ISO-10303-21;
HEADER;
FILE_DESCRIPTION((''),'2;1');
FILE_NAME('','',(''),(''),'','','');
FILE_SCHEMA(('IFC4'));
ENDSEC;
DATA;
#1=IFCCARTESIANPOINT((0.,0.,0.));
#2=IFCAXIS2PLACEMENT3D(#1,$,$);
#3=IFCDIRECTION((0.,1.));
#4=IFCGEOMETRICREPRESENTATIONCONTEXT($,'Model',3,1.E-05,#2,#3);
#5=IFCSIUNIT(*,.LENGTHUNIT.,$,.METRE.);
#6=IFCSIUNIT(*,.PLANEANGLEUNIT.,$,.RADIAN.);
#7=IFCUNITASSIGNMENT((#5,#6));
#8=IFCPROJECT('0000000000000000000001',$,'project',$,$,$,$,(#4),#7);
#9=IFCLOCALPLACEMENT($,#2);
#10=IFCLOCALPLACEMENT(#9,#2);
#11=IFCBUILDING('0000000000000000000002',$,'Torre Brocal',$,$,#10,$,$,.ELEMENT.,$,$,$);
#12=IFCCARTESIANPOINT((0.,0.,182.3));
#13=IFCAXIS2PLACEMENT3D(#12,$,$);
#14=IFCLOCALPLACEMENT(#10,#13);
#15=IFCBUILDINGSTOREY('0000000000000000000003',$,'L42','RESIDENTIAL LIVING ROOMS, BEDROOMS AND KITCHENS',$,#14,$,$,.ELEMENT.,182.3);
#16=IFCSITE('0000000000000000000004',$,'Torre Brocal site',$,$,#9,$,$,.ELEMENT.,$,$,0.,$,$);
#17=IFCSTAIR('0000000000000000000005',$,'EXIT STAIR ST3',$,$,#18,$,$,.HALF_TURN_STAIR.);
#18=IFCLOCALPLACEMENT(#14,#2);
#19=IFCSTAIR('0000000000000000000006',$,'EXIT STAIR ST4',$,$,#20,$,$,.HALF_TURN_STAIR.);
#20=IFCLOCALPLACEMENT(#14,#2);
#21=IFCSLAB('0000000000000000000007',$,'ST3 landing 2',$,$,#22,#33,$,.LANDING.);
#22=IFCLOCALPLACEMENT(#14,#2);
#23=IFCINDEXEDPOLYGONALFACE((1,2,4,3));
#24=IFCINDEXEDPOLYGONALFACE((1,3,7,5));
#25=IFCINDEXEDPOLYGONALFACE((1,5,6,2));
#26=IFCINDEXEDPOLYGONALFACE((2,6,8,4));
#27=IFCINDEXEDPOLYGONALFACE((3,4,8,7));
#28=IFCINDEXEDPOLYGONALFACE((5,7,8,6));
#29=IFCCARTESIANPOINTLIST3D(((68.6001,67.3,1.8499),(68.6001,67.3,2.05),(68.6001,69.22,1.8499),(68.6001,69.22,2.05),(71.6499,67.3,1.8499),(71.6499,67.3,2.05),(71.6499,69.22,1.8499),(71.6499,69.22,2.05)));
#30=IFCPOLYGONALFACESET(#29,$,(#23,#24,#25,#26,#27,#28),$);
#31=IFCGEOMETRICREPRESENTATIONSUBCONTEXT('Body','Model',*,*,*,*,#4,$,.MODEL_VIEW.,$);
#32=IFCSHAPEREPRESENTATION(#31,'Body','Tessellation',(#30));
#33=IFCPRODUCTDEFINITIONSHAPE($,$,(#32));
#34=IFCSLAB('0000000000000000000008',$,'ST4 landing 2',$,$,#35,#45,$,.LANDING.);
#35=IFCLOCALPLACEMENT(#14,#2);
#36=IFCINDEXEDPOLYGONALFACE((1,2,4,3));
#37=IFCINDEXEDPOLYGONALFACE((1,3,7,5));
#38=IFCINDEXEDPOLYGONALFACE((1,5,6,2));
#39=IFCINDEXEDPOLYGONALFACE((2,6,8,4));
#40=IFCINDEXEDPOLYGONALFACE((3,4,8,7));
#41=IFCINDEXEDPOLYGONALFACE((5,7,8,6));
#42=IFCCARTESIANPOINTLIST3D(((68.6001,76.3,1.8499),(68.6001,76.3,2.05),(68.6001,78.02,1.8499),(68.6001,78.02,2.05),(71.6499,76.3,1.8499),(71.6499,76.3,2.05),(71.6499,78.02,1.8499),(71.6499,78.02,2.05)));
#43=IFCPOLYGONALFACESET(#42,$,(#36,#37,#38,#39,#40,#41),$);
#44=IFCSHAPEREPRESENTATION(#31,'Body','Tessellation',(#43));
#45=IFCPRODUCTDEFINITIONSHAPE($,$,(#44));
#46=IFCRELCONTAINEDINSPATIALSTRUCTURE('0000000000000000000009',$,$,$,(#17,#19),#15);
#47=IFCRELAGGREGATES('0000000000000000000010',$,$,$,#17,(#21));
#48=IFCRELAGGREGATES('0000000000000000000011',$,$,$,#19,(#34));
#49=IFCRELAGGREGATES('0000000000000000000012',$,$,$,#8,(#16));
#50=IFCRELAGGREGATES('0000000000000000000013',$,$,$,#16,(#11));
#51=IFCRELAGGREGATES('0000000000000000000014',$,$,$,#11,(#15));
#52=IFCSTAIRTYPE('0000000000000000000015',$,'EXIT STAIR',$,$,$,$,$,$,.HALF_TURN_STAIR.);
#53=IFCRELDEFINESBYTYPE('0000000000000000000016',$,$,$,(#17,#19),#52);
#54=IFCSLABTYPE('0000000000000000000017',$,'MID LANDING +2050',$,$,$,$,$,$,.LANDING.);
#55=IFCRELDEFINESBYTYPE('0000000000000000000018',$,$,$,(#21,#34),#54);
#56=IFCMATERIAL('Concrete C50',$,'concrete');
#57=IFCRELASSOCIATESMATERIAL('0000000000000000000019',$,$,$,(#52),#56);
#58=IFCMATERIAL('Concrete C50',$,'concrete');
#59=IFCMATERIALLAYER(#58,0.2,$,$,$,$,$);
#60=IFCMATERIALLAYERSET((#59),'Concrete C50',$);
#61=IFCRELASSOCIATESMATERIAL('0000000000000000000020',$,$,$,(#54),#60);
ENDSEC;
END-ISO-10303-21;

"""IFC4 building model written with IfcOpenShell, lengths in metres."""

from ifc_helpers import new_model, si_unit, direction, frame, origin, place, context, subcontext, project, spatial, polyline, outline, extrude, material, layer, layer_set, type_object, element, aggregate, save


model = new_model("IFC4")

# Units and contexts
model_context = context("Model", 3, precision=1e-05, world=origin(), true_north=direction((0.0, 1.0)))
body_context = subcontext(model_context, "Body", "Model", "MODEL_VIEW")
ifc_project = project(units=[si_unit("LENGTHUNIT", "METRE"), si_unit("PLANEANGLEUNIT", "RADIAN")], contexts=[model_context])

# Site, building, storey
site_placement = place(None, origin())
site = spatial("IfcSite", under=ifc_project, at=site_placement, Name="Torre Brocal site", CompositionType="ELEMENT", RefElevation=0.0)
building_placement = place(site_placement, origin())
building = spatial("IfcBuilding", under=site, at=building_placement, Name="Torre Brocal", CompositionType="ELEMENT")
storey_placement = place(building_placement, frame((0.0, 0.0, 182.3)))
storey = spatial("IfcBuildingStorey", under=building, at=storey_placement, Name="L42", Description="RESIDENTIAL LIVING ROOMS, BEDROOMS AND KITCHENS", CompositionType="ELEMENT", Elevation=182.3)

# Stairs
ifc_material_1 = material(Name="Concrete C50", Category="concrete")
stair_type = type_object("IfcStairType", Name="EXIT STAIR", PredefinedType="HALF_TURN_STAIR", material=ifc_material_1)
stair_1_placement = place(storey_placement, origin())
stair_1 = element("IfcStair", 1, at=stair_1_placement, inside=storey, type_object=stair_type, Name="EXIT STAIR ST3", PredefinedType="HALF_TURN_STAIR")
stair_2_placement = place(storey_placement, origin())
stair_2 = element("IfcStair", 2, at=stair_2_placement, inside=storey, type_object=stair_type, Name="EXIT STAIR ST4", PredefinedType="HALF_TURN_STAIR")

# Slabs
ifc_material_2 = material(Name="Concrete C50", Category="concrete")
ifc_layer_1 = layer(ifc_material_2, 0.2)
ifc_layer_set_1 = layer_set([ifc_layer_1], Name="Concrete C50")
slab_type_1 = type_object("IfcSlabType", Name="MID LANDING +2050", PredefinedType="LANDING", material=ifc_layer_set_1)
slab_1_placement = place(storey_placement, frame((0.0, 0.0, 1.8499)))
slab_1 = element("IfcSlab", 3, at=slab_1_placement, type_object=slab_type_1, Name="ST3 landing 2", PredefinedType="LANDING", context=body_context, shape_type="SweptSolid", body=[
    extrude(outline(polyline([(71.6499, 69.22), (68.6001, 69.22), (68.6001, 67.3), (71.6499, 67.3), (71.6499, 69.22)])), origin(), (0.0, 0.0, 1.0), 0.2002),
])
aggregate(stair_1, [slab_1])
slab_2_placement = place(storey_placement, frame((0.0, 0.0, 1.8499)))
slab_2 = element("IfcSlab", 4, at=slab_2_placement, type_object=slab_type_1, Name="ST4 landing 2", PredefinedType="LANDING", context=body_context, shape_type="SweptSolid", body=[
    extrude(outline(polyline([(71.6499, 78.02), (68.6001, 78.02), (68.6001, 76.3), (71.6499, 76.3), (71.6499, 78.02)])), origin(), (0.0, 0.0, 1.0), 0.2002),
])
aggregate(stair_2, [slab_2])

save(model, "model.ifc")
